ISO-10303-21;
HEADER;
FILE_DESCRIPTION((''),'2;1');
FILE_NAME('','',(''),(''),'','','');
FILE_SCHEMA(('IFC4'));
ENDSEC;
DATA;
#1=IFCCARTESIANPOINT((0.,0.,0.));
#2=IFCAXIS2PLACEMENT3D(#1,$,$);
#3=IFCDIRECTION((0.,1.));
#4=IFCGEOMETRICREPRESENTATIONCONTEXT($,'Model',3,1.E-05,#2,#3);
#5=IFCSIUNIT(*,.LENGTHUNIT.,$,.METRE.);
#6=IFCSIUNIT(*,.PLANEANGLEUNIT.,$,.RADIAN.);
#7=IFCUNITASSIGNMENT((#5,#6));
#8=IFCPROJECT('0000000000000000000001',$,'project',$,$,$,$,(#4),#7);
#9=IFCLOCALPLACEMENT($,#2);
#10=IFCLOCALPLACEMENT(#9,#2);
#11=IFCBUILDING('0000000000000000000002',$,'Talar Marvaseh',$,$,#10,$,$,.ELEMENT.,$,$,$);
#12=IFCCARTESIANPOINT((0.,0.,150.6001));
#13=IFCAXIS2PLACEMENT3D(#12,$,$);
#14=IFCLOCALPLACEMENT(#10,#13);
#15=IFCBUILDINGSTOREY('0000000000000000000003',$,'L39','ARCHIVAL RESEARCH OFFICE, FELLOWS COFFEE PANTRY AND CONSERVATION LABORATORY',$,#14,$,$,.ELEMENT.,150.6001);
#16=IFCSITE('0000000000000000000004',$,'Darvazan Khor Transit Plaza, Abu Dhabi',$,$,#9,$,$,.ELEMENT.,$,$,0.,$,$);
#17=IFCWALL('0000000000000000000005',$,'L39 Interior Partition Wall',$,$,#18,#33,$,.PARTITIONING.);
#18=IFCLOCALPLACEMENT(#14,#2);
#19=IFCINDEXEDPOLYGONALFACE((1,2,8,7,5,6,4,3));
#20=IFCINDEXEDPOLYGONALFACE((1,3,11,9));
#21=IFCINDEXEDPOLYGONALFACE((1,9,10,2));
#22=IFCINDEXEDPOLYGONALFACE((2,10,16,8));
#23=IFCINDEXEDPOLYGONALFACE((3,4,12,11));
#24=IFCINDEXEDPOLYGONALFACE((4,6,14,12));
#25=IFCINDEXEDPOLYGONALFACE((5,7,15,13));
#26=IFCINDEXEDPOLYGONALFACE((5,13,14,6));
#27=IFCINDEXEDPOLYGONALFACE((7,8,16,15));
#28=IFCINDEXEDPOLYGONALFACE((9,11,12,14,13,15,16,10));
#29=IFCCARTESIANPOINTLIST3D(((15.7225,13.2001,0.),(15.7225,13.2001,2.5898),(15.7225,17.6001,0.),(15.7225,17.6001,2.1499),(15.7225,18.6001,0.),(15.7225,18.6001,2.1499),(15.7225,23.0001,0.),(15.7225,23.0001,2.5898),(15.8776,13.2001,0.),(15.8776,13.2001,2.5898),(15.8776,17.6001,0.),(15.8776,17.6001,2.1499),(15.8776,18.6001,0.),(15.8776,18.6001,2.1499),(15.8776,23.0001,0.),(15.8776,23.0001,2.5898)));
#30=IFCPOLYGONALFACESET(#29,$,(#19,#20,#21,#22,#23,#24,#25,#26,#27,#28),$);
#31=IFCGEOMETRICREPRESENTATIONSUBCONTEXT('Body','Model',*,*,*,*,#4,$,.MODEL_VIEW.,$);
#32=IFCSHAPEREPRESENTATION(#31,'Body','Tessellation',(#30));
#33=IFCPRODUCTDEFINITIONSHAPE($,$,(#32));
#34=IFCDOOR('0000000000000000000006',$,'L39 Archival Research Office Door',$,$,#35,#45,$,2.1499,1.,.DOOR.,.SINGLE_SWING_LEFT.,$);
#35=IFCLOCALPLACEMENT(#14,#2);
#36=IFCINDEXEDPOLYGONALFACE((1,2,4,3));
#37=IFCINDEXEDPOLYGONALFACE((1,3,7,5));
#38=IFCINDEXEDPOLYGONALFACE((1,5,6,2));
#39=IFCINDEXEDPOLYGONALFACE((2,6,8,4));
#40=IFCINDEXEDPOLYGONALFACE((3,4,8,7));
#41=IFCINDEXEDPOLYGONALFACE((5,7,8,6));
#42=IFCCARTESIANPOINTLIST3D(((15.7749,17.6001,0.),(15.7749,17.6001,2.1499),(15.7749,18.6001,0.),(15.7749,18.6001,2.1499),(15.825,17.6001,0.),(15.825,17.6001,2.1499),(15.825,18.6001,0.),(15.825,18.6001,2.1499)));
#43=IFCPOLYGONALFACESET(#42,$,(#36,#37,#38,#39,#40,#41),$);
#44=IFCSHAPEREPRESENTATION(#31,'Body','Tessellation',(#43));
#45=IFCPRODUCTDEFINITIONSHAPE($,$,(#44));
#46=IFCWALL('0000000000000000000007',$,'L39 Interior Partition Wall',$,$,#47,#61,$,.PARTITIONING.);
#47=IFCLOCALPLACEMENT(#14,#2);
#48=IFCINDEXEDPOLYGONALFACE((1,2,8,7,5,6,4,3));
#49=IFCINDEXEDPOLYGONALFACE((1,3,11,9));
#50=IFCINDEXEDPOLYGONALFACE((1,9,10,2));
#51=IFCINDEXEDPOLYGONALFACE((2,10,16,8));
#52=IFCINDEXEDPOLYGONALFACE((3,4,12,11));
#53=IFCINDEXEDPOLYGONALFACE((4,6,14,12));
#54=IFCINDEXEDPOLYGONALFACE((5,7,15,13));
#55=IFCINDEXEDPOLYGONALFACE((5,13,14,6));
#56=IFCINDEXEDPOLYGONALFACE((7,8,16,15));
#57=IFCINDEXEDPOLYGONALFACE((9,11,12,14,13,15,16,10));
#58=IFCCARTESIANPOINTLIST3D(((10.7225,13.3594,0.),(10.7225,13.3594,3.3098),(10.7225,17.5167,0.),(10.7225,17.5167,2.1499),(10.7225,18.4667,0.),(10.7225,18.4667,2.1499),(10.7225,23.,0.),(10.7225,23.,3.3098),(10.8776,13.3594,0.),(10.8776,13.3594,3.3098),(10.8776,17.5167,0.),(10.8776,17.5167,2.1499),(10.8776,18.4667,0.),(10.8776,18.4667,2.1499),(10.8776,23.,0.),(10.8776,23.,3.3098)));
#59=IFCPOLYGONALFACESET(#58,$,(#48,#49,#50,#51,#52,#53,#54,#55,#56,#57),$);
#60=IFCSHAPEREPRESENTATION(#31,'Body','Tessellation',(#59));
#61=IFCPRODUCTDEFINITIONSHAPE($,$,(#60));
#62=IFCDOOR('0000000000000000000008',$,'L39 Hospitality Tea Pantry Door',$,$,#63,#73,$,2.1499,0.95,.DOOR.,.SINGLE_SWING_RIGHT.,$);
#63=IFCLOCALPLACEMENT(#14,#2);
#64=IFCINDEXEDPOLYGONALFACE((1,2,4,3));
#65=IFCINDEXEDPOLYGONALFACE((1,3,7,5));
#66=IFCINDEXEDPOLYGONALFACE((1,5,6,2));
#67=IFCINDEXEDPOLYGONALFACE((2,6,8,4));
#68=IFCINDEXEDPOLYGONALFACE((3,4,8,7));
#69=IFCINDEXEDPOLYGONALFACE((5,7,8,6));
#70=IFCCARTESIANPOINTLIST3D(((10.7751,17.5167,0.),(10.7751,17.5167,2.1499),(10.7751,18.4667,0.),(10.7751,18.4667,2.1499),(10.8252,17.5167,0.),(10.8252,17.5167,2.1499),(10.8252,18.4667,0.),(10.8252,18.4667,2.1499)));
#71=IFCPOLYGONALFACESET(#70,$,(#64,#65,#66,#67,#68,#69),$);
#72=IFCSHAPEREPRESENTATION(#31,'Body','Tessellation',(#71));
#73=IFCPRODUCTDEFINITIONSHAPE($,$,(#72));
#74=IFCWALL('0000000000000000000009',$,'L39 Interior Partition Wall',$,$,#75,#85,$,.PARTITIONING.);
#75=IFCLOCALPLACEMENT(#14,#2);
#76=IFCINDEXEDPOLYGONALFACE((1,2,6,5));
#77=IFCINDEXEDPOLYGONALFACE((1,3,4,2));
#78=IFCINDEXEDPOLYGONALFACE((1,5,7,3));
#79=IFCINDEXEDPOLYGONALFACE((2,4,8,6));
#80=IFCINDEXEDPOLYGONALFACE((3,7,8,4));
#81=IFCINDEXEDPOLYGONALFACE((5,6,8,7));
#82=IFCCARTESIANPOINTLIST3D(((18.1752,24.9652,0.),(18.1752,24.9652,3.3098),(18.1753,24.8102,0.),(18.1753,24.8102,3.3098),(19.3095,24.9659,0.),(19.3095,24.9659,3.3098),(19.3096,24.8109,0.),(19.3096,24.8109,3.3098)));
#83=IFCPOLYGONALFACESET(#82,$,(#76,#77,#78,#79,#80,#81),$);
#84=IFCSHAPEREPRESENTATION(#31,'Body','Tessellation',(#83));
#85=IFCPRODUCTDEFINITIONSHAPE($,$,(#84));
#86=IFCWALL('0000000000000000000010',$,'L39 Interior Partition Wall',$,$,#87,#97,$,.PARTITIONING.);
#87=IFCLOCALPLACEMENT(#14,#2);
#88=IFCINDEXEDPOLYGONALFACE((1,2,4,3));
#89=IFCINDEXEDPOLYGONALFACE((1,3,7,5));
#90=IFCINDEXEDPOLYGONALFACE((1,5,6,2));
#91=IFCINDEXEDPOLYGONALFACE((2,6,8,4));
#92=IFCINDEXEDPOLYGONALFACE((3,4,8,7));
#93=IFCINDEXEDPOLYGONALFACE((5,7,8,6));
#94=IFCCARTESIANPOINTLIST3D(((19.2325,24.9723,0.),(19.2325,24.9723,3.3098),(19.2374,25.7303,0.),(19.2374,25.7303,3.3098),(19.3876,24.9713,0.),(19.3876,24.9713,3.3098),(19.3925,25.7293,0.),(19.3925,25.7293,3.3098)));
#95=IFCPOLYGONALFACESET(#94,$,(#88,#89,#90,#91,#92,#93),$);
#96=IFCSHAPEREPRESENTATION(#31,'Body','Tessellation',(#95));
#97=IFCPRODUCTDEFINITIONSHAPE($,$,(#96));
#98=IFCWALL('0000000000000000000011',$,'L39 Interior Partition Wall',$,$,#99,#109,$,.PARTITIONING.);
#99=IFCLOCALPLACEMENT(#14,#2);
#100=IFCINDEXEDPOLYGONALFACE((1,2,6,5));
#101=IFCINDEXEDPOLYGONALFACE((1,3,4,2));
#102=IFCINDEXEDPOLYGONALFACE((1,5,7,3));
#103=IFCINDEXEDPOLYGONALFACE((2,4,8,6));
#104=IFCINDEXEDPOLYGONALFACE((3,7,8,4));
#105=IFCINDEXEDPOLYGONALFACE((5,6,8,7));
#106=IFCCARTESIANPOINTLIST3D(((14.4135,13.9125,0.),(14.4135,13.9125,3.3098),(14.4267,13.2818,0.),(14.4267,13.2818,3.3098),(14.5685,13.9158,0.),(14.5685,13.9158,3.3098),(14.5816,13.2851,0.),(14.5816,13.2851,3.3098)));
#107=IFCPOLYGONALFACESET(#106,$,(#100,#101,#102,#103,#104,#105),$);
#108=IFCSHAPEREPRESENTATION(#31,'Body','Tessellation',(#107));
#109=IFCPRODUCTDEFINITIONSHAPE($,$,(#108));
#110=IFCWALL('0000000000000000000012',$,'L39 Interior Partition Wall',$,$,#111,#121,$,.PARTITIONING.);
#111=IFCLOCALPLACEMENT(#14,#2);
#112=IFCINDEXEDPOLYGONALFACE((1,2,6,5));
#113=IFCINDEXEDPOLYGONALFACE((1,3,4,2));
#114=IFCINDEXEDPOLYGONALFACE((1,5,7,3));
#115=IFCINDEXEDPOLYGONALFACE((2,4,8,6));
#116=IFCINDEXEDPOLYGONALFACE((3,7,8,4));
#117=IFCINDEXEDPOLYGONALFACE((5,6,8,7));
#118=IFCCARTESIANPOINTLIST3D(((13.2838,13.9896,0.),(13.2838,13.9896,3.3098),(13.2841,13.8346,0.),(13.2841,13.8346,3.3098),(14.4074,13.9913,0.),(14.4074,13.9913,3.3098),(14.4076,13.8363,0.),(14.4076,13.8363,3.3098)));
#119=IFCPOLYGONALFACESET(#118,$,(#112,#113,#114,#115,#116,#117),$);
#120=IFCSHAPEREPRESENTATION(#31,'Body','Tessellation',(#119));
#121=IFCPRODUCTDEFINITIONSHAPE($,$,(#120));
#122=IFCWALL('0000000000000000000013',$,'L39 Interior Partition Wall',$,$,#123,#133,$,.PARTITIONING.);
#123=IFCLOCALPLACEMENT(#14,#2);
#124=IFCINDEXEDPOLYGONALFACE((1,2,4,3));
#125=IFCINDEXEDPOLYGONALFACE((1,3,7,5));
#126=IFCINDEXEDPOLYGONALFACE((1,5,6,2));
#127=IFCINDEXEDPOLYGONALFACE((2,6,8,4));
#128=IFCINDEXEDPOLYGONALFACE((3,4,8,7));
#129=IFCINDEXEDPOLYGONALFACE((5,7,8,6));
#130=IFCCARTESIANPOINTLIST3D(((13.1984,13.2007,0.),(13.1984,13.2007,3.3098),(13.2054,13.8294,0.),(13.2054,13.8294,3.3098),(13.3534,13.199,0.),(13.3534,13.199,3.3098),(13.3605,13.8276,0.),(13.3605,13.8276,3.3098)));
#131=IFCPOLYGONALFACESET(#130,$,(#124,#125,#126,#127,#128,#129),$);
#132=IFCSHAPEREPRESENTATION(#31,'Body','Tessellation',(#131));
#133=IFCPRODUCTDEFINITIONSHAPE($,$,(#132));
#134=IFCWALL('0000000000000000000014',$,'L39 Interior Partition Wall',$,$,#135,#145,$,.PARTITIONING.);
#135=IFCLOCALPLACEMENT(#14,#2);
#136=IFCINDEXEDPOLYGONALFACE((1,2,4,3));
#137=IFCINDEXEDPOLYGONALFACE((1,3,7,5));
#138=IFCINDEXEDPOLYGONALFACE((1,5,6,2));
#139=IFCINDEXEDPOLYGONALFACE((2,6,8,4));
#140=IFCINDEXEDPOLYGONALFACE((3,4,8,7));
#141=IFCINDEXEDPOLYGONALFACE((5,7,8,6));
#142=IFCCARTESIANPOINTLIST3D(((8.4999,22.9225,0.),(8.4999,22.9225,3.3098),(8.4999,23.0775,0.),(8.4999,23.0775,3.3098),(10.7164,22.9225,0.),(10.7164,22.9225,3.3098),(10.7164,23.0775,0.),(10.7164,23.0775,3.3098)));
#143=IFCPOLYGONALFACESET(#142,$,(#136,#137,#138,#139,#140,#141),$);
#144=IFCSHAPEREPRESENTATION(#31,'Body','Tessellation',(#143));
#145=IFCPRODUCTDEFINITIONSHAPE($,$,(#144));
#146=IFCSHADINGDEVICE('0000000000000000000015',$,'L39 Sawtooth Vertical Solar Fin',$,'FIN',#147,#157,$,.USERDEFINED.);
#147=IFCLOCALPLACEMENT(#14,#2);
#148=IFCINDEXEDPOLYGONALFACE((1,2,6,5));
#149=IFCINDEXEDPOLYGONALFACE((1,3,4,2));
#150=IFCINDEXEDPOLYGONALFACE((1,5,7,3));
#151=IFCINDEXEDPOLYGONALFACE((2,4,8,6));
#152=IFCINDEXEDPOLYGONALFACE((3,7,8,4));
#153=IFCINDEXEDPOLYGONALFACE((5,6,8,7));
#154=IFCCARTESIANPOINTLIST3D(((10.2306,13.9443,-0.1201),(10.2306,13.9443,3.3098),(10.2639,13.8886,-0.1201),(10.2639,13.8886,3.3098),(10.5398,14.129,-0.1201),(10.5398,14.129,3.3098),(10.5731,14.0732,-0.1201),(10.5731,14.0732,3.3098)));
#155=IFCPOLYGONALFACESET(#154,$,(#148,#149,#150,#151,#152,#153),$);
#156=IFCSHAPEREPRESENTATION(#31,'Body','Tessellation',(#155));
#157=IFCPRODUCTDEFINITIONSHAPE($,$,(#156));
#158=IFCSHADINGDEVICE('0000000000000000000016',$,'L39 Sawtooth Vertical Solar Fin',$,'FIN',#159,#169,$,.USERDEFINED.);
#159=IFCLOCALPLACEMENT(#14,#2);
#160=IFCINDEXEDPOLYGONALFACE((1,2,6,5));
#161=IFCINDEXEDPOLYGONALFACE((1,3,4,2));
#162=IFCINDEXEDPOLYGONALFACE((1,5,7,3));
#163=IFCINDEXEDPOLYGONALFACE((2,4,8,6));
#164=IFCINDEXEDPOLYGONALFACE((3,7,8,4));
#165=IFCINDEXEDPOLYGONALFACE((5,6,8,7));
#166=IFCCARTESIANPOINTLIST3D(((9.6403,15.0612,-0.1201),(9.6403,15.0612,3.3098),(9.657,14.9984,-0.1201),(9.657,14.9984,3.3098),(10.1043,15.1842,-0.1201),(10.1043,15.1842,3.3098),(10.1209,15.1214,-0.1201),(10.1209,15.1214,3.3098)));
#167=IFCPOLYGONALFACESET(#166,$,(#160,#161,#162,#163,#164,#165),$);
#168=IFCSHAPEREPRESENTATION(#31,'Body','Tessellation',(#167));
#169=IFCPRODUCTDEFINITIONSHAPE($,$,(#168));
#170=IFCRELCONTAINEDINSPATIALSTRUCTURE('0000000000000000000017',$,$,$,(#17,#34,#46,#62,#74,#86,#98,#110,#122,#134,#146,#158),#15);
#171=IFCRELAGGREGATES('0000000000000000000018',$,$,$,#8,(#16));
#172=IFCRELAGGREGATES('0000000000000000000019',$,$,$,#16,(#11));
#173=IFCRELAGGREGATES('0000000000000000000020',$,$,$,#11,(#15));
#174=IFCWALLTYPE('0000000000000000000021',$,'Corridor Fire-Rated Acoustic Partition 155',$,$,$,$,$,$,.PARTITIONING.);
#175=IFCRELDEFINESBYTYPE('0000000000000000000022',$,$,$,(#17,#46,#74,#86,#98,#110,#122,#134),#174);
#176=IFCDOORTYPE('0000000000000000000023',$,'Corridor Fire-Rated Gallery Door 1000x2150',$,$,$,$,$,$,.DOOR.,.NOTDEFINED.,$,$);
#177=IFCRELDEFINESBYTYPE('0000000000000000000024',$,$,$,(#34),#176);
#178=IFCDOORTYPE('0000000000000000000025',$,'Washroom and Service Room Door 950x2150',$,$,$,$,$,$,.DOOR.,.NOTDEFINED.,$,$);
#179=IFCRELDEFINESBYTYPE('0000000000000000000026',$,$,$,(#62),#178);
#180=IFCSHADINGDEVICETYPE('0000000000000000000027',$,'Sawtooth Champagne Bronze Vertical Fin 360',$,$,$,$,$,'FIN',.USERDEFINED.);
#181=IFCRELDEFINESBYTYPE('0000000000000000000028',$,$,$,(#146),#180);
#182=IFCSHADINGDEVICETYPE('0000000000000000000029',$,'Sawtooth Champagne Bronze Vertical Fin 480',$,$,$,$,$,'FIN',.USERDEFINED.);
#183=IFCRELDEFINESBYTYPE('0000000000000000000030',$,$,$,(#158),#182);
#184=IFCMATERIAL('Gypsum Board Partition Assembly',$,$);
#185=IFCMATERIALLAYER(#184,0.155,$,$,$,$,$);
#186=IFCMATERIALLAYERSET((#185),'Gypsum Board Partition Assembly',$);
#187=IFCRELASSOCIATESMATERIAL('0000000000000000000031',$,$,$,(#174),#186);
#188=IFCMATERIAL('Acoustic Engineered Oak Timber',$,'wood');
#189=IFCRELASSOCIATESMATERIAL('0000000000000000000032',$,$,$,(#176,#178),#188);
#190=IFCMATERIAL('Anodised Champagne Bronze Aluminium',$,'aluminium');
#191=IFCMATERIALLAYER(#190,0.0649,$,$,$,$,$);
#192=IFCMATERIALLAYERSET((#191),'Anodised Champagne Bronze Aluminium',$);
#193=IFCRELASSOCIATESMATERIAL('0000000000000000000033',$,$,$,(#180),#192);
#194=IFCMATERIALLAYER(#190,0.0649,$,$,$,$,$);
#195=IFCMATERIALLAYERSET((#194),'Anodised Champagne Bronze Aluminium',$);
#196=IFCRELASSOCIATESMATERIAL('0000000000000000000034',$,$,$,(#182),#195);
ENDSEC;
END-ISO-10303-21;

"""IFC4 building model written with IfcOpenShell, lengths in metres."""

from ifc_helpers import new_model, si_unit, direction, frame, frame_2d, origin, origin_2d, place, context, subcontext, project, spatial, rectangle, extrude, source, transform, mapped, material, layer, layer_set, type_object, type_shapes, element, fill, save


model = new_model("IFC4")

# Units and contexts
model_context = context("Model", 3, precision=1e-05, world=origin(), true_north=direction((0.0, 1.0)))
body_context = subcontext(model_context, "Body", "Model", "MODEL_VIEW")
ifc_project = project(units=[si_unit("LENGTHUNIT", "METRE"), si_unit("PLANEANGLEUNIT", "RADIAN")], contexts=[model_context])

# Site, building, storey
site_placement = place(None, origin())
site = spatial("IfcSite", under=ifc_project, at=site_placement, Name="Darvazan Khor Transit Plaza, Abu Dhabi", CompositionType="ELEMENT", RefElevation=0.0)
building_placement = place(site_placement, origin())
building = spatial("IfcBuilding", under=site, at=building_placement, Name="Talar Marvaseh", CompositionType="ELEMENT")
storey_placement = place(building_placement, frame((0.0, 0.0, 150.6001)))
storey = spatial("IfcBuildingStorey", under=building, at=storey_placement, Name="L39", Description="ARCHIVAL RESEARCH OFFICE, FELLOWS COFFEE PANTRY AND CONSERVATION LABORATORY", CompositionType="ELEMENT", Elevation=150.6001)

# Walls, openings, doors
ifc_material_1 = material(Name="Gypsum Board Partition Assembly")
ifc_layer_1 = layer(ifc_material_1, 0.155)
ifc_layer_set_1 = layer_set([ifc_layer_1], Name="Gypsum Board Partition Assembly")
wall_type = type_object("IfcWallType", Name="Corridor Fire-Rated Acoustic Partition 155", PredefinedType="PARTITIONING", material=ifc_layer_set_1)
wall_1_placement = place(storey_placement, frame((15.8, 23.0, 0.0), z_axis=(0.0, 0.0, 1.0), x_axis=(0.0, -1.0, 0.0)))
wall_1 = element("IfcWall", 1, at=wall_1_placement, inside=storey, type_object=wall_type, Name="L39 Interior Partition Wall", PredefinedType="PARTITIONING", context=body_context, shape_type="SweptSolid", body=[
    extrude(rectangle(XDim=9.8, YDim=0.155, at=frame_2d((4.8999, 0.0))), origin(), (0.0, 0.0, 1.0), 2.5898),
])
opening_1_placement = place(wall_1_placement, frame((4.3999, 0.0, 0.0)))
opening_1 = element("IfcOpeningElement", 2, at=opening_1_placement, cuts=wall_1, PredefinedType="OPENING", context=body_context, shape_type="SweptSolid", body=[
    extrude(rectangle(XDim=1.0, YDim=2.1499, at=frame_2d((0.5, 1.075))), frame((0.0, 0.0874, 0.0), z_axis=(0.0, -1.0, 0.0), x_axis=(1.0, 0.0, 0.0)), (0.0, 0.0, 1.0), 0.175),
])
ifc_material_2 = material(Name="Acoustic Engineered Oak Timber", Category="wood")
door_type_1 = type_object("IfcDoorType", Name="Corridor Fire-Rated Gallery Door 1000x2150", OperationType="NOTDEFINED", PredefinedType="DOOR", material=ifc_material_2)
shared_shape_1 = source(origin(), body_context, "Body", "SweptSolid", [
    extrude(rectangle(XDim=1.0, YDim=2.1499, at=frame_2d((0.5, 1.075))), frame((0.0, 0.0249, 0.0), z_axis=(0.0, -1.0, 0.0), x_axis=(1.0, 0.0, 0.0)), (0.0, 0.0, 1.0), 0.05),
])
type_shapes(door_type_1, [shared_shape_1])
door_1_placement = place(opening_1_placement, origin())
door_1 = element("IfcDoor", 3, at=door_1_placement, inside=storey, type_object=door_type_1, Name="L39 Archival Research Office Door", OperationType="SINGLE_SWING_LEFT", OverallHeight=2.1499, OverallWidth=1.0, PredefinedType="DOOR", context=body_context, shape_type="MappedRepresentation", body=[
    mapped(shared_shape_1, transform((0.0, 0.0, 0.0), x_axis=(1.0, 0.0, 0.0), y_axis=(0.0, 1.0, 0.0), z_axis=(0.0, 0.0, 1.0), scale=1.0)),
])
fill(opening_1, door_1)
wall_2_placement = place(storey_placement, frame((10.8, 13.3594, 0.0), z_axis=(0.0, 0.0, 1.0), x_axis=(0.0, 1.0, 0.0)))
wall_2 = element("IfcWall", 4, at=wall_2_placement, inside=storey, type_object=wall_type, Name="L39 Interior Partition Wall", PredefinedType="PARTITIONING", context=body_context, shape_type="SweptSolid", body=[
    extrude(rectangle(XDim=9.6406, YDim=0.155, at=frame_2d((4.8203, 0.0))), origin(), (0.0, 0.0, 1.0), 3.3098),
])
opening_2_placement = place(wall_2_placement, frame((4.1572, 0.0, 0.0)))
opening_2 = element("IfcOpeningElement", 5, at=opening_2_placement, cuts=wall_2, PredefinedType="OPENING", context=body_context, shape_type="SweptSolid", body=[
    extrude(rectangle(XDim=0.95, YDim=2.1499, at=frame_2d((0.4751, 1.075))), frame((0.0, 0.0874, 0.0), z_axis=(0.0, -1.0, 0.0), x_axis=(1.0, 0.0, 0.0)), (0.0, 0.0, 1.0), 0.175),
])
door_type_2 = type_object("IfcDoorType", Name="Washroom and Service Room Door 950x2150", OperationType="NOTDEFINED", PredefinedType="DOOR", material=ifc_material_2)
shared_shape_2 = source(origin(), body_context, "Body", "SweptSolid", [
    extrude(rectangle(XDim=0.95, YDim=2.1499, at=frame_2d((0.4751, 1.075))), frame((0.0, 0.0249, 0.0), z_axis=(0.0, -1.0, 0.0), x_axis=(1.0, 0.0, 0.0)), (0.0, 0.0, 1.0), 0.05),
])
type_shapes(door_type_2, [shared_shape_2])
door_2_placement = place(opening_2_placement, origin())
door_2 = element("IfcDoor", 6, at=door_2_placement, inside=storey, type_object=door_type_2, Name="L39 Hospitality Tea Pantry Door", OperationType="SINGLE_SWING_RIGHT", OverallHeight=2.1499, OverallWidth=0.95, PredefinedType="DOOR", context=body_context, shape_type="MappedRepresentation", body=[
    mapped(shared_shape_2, transform((0.0, 0.0, 0.0), x_axis=(1.0, 0.0, 0.0), y_axis=(0.0, 1.0, 0.0), z_axis=(0.0, 0.0, 1.0), scale=1.0)),
])
fill(opening_2, door_2)

# Walls
wall_3_placement = place(storey_placement, frame((18.1753, 24.8877, 0.0), z_axis=(0.0, 0.0, 1.0), x_axis=(1.0, 0.000646, 0.0)))
element("IfcWall", 7, at=wall_3_placement, inside=storey, type_object=wall_type, Name="L39 Interior Partition Wall", PredefinedType="PARTITIONING", context=body_context, shape_type="SweptSolid", body=[
    extrude(rectangle(XDim=1.1343, YDim=0.155, at=frame_2d((0.5671, 0.0))), origin(), (0.0, 0.0, 1.0), 3.3098),
])
wall_4_placement = place(storey_placement, frame((19.3101, 24.9719, 0.0), z_axis=(0.0, 0.0, 1.0), x_axis=(0.006441, 0.999979, 0.0)))
element("IfcWall", 8, at=wall_4_placement, inside=storey, type_object=wall_type, Name="L39 Interior Partition Wall", PredefinedType="PARTITIONING", context=body_context, shape_type="SweptSolid", body=[
    extrude(rectangle(XDim=0.7581, YDim=0.155, at=frame_2d((0.3789, 0.0))), origin(), (0.0, 0.0, 1.0), 3.3098),
])
wall_5_placement = place(storey_placement, frame((14.5042, 13.2834, 0.0), z_axis=(0.0, 0.0, 1.0), x_axis=(-0.020901, 0.999782, 0.0)))
element("IfcWall", 9, at=wall_5_placement, inside=storey, type_object=wall_type, Name="L39 Interior Partition Wall", PredefinedType="PARTITIONING", context=body_context, shape_type="SweptSolid", body=[
    extrude(rectangle(XDim=0.6309, YDim=0.155, at=frame_2d((0.3154, 0.0))), origin(), (0.0, 0.0, 1.0), 3.3098),
])
wall_6_placement = place(storey_placement, frame((14.4075, 13.9138, 0.0), z_axis=(0.0, 0.0, 1.0), x_axis=(-0.999999, -0.001521, 0.0)))
element("IfcWall", 10, at=wall_6_placement, inside=storey, type_object=wall_type, Name="L39 Interior Partition Wall", PredefinedType="PARTITIONING", context=body_context, shape_type="SweptSolid", body=[
    extrude(rectangle(XDim=1.1235, YDim=0.155, at=frame_2d((0.5618, 0.0))), origin(), (0.0, 0.0, 1.0), 3.3098),
])
wall_7_placement = place(storey_placement, frame((13.283, 13.8286, 0.0), z_axis=(0.0, 0.0, 1.0), x_axis=(-0.011261, -0.999937, 0.0)))
element("IfcWall", 11, at=wall_7_placement, inside=storey, type_object=wall_type, Name="L39 Interior Partition Wall", PredefinedType="PARTITIONING", context=body_context, shape_type="SweptSolid", body=[
    extrude(rectangle(XDim=0.6287, YDim=0.155, at=frame_2d((0.3145, 0.0))), origin(), (0.0, 0.0, 1.0), 3.3098),
])
wall_8_placement = place(storey_placement, frame((10.7166, 23.0, 0.0), z_axis=(0.0, 0.0, 1.0), x_axis=(-1.0, 0.0, 0.0)))
element("IfcWall", 12, at=wall_8_placement, inside=storey, type_object=wall_type, Name="L39 Interior Partition Wall", PredefinedType="PARTITIONING", context=body_context, shape_type="SweptSolid", body=[
    extrude(rectangle(XDim=2.2166, YDim=0.155, at=frame_2d((1.1084, 0.0))), origin(), (0.0, 0.0, 1.0), 3.3098),
])

# Shading devices
ifc_material_3 = material(Name="Anodised Champagne Bronze Aluminium", Category="aluminium")
ifc_layer_2 = layer(ifc_material_3, 0.0649)
ifc_layer_set_2 = layer_set([ifc_layer_2], Name="Anodised Champagne Bronze Aluminium")
shading_device_type_1 = type_object("IfcShadingDeviceType", Name="Sawtooth Champagne Bronze Vertical Fin 360", ElementType="FIN", PredefinedType="USERDEFINED", material=ifc_layer_set_2)
shared_shape_3 = source(origin(), body_context, "Body", "SweptSolid", [
    extrude(rectangle(XDim=0.3601, YDim=0.0649, at=origin_2d()), origin(), (0.0, 0.0, 1.0), 3.4299),
])
type_shapes(shading_device_type_1, [shared_shape_3])
shading_device_placement = place(storey_placement, frame((10.4019, 14.0088, -0.1201), z_axis=(0.0, 0.0, 1.0), x_axis=(-0.858513, -0.512792, 0.0)))
element("IfcShadingDevice", 13, at=shading_device_placement, inside=storey, type_object=shading_device_type_1, Name="L39 Sawtooth Vertical Solar Fin", ObjectType="FIN", PredefinedType="USERDEFINED", context=body_context, shape_type="MappedRepresentation", body=[
    mapped(shared_shape_3, transform((0.0, 0.0, 0.0), x_axis=(1.0, 0.0, 0.0), y_axis=(0.0, 1.0, 0.0), z_axis=(0.0, 0.0, 1.0), scale=1.0)),
])
ifc_layer_3 = layer(ifc_material_3, 0.0649)
ifc_layer_set_3 = layer_set([ifc_layer_3], Name="Anodised Champagne Bronze Aluminium")
shading_device_type_2 = type_object("IfcShadingDeviceType", Name="Sawtooth Champagne Bronze Vertical Fin 480", ElementType="FIN", PredefinedType="USERDEFINED", material=ifc_layer_set_3)
shared_shape_4 = source(origin(), body_context, "Body", "SweptSolid", [
    extrude(rectangle(XDim=0.48, YDim=0.0649, at=origin_2d()), origin(), (0.0, 0.0, 1.0), 3.4299),
])
type_shapes(shading_device_type_2, [shared_shape_4])
for number, where, z_axis, x_axis, name in (
    (14, (9.8806, 15.0913, -0.1201), (0.0, 0.0, 1.0), (-0.9666, -0.256289, 0.0), "L39 Sawtooth Vertical Solar Fin"),
):
    element("IfcShadingDevice", number, at=place(storey_placement, frame(where, z_axis=z_axis, x_axis=x_axis)), inside=storey, type_object=shading_device_type_2, Name=name, ObjectType="FIN", PredefinedType="USERDEFINED", context=body_context, shape_type="MappedRepresentation", body=[
        mapped(shared_shape_4, transform((0.0, 0.0, 0.0), x_axis=(1.0, 0.0, 0.0), y_axis=(0.0, 1.0, 0.0), z_axis=(0.0, 0.0, 1.0), scale=1.0)),
    ])

save(model, "model.ifc")
